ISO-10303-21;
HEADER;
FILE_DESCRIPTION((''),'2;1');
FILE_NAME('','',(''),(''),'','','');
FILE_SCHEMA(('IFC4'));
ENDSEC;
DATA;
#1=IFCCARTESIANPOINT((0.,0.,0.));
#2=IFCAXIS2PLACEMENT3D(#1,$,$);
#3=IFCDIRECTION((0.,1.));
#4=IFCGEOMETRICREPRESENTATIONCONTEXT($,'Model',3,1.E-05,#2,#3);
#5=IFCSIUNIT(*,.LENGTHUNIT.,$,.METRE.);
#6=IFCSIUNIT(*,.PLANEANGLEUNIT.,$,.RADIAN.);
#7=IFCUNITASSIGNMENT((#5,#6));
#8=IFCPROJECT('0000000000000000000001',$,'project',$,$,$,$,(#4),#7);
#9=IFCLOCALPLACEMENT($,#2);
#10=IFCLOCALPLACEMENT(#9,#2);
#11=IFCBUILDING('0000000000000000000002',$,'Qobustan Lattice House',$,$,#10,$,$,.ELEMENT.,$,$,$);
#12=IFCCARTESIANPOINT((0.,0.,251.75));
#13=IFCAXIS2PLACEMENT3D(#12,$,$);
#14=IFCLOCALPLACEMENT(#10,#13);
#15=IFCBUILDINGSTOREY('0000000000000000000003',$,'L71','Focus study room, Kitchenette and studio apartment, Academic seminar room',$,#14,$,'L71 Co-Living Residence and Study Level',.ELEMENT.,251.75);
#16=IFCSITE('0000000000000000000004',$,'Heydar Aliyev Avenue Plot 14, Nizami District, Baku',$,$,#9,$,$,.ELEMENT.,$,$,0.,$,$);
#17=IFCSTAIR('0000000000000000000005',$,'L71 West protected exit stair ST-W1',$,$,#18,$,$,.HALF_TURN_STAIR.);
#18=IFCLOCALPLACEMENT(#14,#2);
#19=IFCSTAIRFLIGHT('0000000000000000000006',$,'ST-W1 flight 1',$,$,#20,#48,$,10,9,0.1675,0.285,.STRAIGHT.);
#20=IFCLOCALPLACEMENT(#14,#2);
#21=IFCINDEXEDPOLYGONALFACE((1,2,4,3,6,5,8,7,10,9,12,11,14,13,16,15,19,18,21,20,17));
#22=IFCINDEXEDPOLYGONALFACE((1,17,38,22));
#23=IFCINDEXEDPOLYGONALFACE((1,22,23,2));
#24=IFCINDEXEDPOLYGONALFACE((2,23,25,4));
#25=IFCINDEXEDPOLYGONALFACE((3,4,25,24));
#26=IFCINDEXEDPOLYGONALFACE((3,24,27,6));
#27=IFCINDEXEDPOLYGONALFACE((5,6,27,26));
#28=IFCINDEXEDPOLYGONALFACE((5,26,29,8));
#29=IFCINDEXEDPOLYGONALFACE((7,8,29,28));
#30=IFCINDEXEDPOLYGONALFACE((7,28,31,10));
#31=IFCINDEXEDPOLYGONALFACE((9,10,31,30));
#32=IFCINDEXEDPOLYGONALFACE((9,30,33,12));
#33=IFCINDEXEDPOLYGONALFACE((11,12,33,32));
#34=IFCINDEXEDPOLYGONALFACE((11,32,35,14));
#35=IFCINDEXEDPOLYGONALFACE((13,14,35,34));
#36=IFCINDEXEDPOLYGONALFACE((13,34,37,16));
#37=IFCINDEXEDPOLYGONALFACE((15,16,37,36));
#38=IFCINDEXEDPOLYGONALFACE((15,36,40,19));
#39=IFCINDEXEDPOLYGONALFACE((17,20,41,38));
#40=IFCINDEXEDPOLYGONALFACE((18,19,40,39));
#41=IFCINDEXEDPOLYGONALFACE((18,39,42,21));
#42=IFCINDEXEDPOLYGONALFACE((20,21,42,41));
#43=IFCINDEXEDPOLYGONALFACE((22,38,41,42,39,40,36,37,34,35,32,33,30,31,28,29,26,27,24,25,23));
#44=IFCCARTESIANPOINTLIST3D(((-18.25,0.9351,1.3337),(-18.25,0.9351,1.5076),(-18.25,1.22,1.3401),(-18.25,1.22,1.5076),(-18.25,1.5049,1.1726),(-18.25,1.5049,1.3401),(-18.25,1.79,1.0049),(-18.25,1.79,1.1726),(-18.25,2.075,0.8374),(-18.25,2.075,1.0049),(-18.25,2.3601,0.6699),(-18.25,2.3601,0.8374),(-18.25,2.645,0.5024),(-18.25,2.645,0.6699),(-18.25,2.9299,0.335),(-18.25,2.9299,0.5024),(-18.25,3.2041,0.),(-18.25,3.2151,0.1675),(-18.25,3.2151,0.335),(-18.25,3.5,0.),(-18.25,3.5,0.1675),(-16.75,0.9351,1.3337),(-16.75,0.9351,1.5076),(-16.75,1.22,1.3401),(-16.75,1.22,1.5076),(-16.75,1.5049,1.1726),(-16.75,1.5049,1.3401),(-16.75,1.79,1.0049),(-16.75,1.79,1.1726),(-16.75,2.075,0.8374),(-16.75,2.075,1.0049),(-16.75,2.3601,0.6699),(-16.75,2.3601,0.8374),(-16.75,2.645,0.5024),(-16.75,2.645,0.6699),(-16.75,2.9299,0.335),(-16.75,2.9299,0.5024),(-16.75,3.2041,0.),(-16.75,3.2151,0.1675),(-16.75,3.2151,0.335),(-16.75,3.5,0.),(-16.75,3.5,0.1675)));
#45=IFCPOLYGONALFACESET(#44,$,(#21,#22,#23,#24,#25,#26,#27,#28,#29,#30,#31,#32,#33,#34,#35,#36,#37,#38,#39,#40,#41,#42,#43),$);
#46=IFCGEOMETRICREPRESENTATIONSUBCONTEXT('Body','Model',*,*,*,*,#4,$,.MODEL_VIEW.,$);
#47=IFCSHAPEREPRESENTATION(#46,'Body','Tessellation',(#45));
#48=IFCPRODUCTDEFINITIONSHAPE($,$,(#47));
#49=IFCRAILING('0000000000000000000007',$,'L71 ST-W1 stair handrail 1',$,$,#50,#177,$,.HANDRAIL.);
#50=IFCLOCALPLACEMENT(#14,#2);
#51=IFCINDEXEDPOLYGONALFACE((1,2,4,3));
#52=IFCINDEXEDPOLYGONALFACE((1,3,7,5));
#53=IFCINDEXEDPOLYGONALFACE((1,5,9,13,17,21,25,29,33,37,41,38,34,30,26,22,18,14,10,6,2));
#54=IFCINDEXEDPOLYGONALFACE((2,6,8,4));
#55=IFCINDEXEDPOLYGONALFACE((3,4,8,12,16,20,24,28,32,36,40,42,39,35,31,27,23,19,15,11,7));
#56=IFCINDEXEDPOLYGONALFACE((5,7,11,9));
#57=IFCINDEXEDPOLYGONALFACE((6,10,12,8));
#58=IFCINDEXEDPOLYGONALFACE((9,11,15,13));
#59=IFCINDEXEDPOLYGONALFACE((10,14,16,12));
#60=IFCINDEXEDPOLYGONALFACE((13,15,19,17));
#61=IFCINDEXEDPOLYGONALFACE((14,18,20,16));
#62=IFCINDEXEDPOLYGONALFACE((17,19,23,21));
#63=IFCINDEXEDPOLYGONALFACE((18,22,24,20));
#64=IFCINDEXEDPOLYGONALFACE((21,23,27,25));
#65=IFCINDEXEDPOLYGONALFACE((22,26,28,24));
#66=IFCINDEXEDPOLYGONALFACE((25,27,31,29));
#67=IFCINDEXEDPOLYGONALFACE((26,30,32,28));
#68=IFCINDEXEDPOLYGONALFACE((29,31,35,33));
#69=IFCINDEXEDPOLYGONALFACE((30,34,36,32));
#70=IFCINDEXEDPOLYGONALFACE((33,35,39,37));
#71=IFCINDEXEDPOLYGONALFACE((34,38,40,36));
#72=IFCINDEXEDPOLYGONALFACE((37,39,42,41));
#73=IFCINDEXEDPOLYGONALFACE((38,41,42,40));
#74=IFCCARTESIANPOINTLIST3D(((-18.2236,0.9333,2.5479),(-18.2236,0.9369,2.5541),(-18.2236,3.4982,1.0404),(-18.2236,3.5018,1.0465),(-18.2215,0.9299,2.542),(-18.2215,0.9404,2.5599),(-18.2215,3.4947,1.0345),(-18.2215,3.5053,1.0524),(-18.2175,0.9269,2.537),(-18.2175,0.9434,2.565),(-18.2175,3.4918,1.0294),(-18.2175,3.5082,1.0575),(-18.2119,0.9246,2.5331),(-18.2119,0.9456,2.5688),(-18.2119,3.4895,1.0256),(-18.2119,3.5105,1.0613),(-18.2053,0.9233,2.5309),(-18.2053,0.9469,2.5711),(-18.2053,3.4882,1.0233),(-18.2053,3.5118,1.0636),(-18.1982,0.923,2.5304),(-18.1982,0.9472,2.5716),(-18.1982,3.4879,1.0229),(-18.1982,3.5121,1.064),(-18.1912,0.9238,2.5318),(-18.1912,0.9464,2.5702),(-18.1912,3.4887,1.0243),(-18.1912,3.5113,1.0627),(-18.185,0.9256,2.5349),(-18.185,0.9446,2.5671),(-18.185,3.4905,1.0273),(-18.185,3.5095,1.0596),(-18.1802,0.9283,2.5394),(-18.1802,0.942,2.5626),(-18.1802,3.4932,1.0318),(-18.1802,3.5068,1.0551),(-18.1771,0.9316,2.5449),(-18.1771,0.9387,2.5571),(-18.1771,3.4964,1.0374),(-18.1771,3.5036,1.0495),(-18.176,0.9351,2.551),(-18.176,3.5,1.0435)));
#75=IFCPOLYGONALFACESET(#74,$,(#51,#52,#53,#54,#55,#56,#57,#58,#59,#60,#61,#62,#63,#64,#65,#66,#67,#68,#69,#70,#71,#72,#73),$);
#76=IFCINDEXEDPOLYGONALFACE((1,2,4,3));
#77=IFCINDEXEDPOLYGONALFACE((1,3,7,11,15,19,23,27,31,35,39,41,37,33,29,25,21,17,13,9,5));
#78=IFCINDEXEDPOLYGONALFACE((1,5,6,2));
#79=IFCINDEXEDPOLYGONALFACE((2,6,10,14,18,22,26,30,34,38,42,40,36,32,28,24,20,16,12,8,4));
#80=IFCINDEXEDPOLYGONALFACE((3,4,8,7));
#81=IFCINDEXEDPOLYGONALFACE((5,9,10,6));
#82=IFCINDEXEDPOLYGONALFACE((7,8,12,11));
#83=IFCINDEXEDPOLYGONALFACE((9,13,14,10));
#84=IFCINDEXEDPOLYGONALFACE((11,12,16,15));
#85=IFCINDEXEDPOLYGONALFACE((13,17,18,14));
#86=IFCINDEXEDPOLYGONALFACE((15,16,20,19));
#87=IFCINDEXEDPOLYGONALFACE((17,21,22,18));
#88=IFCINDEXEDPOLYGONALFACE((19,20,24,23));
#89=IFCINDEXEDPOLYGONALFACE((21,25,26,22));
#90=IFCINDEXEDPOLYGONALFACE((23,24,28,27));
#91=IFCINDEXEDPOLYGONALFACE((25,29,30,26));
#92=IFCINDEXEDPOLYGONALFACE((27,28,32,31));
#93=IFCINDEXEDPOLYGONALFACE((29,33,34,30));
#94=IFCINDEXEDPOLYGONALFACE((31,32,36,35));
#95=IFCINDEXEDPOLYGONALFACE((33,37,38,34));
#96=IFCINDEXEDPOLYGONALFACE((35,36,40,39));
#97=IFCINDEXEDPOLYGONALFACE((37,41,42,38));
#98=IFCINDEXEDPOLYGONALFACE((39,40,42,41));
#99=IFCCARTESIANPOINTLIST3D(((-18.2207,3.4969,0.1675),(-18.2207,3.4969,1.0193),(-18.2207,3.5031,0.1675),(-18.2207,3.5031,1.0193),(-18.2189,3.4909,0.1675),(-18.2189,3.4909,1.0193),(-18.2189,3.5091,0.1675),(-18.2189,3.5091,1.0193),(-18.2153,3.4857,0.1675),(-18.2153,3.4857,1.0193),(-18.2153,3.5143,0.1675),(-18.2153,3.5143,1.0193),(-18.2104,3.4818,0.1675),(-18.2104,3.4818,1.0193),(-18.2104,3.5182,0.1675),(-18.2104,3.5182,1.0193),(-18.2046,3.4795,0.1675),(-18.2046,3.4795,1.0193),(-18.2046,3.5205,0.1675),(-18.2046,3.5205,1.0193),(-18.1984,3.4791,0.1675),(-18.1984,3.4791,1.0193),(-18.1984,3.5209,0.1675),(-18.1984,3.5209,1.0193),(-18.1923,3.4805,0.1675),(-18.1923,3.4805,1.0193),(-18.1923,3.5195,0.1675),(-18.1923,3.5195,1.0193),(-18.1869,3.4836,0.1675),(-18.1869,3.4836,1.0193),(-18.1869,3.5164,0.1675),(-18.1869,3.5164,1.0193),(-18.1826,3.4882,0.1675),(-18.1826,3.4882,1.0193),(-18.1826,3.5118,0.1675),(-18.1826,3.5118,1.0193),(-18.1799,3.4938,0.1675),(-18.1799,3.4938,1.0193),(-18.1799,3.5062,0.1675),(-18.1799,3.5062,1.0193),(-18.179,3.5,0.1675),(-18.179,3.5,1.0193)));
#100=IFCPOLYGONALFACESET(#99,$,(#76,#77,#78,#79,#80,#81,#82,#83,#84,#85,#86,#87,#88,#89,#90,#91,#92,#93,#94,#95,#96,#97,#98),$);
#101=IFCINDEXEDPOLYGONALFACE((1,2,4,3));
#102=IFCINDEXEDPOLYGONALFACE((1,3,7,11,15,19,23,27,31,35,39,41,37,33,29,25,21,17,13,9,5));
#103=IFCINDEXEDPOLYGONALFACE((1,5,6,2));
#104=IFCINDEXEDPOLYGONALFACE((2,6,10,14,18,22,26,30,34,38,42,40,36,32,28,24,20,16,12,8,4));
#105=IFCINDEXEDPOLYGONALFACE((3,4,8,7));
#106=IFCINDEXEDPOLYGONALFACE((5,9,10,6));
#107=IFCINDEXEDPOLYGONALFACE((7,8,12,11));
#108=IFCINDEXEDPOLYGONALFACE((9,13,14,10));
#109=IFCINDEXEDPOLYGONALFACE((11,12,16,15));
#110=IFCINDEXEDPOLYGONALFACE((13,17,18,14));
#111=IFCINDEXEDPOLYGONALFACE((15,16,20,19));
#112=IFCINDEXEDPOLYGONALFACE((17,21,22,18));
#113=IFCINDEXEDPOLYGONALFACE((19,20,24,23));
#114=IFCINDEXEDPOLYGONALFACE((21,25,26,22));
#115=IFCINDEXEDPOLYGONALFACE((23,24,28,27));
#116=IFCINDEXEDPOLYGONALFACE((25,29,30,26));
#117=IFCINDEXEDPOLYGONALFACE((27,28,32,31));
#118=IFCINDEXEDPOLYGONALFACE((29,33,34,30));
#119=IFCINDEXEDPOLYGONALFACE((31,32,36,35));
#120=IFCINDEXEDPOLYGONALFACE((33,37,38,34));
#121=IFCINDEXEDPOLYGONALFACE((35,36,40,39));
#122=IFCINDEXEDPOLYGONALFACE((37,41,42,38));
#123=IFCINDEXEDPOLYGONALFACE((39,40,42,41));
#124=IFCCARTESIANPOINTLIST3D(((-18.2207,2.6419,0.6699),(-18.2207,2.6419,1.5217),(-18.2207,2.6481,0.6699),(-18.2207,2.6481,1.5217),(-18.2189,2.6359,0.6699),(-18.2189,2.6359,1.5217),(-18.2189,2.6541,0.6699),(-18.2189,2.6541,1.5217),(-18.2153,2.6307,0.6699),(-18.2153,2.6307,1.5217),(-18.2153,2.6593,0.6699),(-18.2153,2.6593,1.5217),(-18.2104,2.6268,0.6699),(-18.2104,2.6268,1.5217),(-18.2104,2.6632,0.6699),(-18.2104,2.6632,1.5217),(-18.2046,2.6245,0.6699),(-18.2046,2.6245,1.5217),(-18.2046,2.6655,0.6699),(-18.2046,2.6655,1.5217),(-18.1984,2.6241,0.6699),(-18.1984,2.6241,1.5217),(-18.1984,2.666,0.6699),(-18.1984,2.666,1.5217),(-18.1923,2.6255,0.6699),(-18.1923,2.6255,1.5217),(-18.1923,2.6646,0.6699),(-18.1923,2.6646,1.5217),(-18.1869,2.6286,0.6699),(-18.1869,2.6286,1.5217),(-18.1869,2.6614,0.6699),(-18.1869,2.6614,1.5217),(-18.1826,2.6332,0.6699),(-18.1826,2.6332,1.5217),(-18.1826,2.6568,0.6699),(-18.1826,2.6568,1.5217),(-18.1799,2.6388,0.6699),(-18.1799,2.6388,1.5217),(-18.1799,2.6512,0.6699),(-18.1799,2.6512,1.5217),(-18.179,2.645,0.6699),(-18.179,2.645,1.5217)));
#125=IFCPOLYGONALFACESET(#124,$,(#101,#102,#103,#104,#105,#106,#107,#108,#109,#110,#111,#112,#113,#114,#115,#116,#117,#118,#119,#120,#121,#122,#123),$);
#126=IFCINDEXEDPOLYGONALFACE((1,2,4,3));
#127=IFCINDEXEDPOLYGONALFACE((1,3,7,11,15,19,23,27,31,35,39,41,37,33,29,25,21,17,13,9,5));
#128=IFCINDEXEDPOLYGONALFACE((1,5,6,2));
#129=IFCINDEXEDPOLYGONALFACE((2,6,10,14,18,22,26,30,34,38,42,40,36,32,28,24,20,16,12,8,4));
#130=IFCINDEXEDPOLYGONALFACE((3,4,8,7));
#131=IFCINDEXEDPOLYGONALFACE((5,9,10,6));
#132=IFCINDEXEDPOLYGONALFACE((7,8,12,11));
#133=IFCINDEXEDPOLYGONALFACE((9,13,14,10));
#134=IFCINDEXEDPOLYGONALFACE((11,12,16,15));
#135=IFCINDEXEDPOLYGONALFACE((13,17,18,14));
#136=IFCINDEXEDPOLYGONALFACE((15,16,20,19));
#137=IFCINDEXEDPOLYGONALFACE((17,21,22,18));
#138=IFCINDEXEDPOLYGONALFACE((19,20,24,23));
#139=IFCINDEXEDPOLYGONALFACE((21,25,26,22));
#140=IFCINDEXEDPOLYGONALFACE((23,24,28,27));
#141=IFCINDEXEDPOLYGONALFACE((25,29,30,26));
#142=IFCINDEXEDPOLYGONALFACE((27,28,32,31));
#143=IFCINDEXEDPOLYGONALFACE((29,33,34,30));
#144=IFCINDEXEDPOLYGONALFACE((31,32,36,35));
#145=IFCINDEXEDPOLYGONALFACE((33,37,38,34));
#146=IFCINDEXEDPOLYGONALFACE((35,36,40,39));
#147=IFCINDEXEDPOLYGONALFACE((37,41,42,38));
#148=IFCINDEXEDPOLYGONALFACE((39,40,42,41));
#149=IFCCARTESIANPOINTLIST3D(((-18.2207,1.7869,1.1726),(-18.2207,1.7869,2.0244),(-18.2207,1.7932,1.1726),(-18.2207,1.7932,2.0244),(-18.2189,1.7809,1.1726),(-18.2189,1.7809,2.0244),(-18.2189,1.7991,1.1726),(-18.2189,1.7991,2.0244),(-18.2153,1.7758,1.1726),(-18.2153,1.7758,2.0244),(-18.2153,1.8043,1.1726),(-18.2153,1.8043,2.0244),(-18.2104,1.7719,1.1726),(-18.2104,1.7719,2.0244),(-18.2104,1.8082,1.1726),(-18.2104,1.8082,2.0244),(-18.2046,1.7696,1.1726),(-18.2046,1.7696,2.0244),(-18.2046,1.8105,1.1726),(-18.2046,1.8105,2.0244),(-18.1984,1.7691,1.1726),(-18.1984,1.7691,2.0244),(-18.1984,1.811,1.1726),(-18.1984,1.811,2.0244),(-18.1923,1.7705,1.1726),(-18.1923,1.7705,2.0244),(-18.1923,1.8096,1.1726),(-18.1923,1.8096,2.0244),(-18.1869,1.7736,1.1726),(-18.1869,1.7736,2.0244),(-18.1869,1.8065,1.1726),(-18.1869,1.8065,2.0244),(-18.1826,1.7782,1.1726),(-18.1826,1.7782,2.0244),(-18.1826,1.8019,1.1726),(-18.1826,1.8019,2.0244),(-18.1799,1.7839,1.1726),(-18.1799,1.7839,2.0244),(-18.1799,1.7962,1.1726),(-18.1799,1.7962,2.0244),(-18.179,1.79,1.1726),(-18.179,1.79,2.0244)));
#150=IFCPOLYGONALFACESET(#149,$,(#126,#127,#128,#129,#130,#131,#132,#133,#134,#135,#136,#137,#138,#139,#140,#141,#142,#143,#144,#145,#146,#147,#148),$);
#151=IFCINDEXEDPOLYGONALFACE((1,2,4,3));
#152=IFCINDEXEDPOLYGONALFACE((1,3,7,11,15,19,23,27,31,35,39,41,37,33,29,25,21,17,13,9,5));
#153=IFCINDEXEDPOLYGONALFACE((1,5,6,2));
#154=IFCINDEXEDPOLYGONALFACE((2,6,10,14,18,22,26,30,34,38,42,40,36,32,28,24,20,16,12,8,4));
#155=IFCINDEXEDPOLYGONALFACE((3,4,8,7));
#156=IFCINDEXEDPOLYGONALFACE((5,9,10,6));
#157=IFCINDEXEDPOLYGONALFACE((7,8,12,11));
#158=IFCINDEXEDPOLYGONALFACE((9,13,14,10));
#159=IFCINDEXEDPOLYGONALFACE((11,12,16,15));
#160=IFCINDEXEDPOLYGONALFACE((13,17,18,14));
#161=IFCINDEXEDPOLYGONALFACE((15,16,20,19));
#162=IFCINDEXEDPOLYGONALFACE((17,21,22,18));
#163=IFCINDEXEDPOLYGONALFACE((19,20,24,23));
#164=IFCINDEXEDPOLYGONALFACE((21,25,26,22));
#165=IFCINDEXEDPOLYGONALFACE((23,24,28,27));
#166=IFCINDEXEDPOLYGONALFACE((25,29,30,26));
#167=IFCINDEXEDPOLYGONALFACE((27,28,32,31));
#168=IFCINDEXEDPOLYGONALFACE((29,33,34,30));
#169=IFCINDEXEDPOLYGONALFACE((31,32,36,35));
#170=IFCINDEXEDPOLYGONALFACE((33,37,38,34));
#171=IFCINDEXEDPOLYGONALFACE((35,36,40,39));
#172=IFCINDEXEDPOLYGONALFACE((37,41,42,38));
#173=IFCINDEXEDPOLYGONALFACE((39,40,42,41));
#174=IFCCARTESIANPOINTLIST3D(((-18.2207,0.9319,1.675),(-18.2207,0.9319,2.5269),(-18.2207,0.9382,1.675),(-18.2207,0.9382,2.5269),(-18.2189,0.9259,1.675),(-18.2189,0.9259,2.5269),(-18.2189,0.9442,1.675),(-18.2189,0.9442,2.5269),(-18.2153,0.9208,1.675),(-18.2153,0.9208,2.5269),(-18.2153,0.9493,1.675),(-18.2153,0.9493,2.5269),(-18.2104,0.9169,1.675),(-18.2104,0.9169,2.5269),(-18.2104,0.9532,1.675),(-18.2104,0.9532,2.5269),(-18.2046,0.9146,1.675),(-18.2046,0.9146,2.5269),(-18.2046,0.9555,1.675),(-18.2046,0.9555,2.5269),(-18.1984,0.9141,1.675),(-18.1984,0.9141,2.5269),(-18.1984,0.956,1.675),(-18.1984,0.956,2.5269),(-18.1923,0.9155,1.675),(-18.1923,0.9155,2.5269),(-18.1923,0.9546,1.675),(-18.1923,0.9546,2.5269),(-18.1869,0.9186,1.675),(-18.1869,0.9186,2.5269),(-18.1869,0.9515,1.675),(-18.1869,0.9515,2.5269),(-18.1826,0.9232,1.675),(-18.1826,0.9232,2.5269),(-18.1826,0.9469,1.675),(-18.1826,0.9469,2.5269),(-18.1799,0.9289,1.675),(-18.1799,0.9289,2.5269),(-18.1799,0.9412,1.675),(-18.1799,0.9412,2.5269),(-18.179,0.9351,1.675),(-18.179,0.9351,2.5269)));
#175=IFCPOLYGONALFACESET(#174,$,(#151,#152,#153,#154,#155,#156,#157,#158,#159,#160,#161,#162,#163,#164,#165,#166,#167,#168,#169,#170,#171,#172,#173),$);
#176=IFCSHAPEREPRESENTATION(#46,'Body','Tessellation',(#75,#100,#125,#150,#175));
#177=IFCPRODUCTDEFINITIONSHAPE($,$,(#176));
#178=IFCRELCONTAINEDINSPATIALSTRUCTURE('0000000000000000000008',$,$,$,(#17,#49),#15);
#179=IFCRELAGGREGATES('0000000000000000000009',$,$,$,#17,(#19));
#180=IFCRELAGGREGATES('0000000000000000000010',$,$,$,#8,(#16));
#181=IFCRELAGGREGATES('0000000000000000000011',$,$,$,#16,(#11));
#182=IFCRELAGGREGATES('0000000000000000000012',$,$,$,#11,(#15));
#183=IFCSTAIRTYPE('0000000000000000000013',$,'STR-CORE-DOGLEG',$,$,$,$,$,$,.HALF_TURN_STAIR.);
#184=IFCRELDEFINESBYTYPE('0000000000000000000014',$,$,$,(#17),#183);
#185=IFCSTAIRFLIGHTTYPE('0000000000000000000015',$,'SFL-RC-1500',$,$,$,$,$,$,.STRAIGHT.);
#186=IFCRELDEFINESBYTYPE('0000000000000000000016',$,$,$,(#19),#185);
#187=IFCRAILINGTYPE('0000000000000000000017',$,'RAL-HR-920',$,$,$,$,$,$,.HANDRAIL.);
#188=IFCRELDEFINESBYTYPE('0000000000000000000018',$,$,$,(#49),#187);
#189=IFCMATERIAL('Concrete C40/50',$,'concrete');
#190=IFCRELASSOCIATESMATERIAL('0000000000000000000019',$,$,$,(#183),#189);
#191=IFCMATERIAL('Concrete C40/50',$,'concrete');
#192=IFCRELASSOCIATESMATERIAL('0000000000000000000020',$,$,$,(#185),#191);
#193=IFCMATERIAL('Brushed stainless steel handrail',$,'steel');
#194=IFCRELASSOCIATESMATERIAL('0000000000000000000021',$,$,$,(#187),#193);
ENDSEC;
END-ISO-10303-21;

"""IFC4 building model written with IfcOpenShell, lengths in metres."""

from ifc_helpers import new_model, si_unit, direction, frame, origin, origin_2d, place, context, subcontext, project, spatial, polyline, circle, outline, extrude, material, type_object, element, aggregate, save


model = new_model("IFC4")

# Units and contexts
model_context = context("Model", 3, precision=1e-05, world=origin(), true_north=direction((0.0, 1.0)))
body_context = subcontext(model_context, "Body", "Model", "MODEL_VIEW")
ifc_project = project(units=[si_unit("LENGTHUNIT", "METRE"), si_unit("PLANEANGLEUNIT", "RADIAN")], contexts=[model_context])

# Site, building, storey
site_placement = place(None, origin())
site = spatial("IfcSite", under=ifc_project, at=site_placement, Name="Heydar Aliyev Avenue Plot 14, Nizami District, Baku", CompositionType="ELEMENT", RefElevation=0.0)
building_placement = place(site_placement, origin())
building = spatial("IfcBuilding", under=site, at=building_placement, Name="Qobustan Lattice House", CompositionType="ELEMENT")
storey_placement = place(building_placement, frame((0.0, 0.0, 251.75)))
storey = spatial("IfcBuildingStorey", under=building, at=storey_placement, Name="L71", Description="Focus study room, Kitchenette and studio apartment, Academic seminar room", LongName="L71 Co-Living Residence and Study Level", CompositionType="ELEMENT", Elevation=251.75)

# Stair, stair flight
ifc_material_1 = material(Name="Concrete C40/50", Category="concrete")
stair_type = type_object("IfcStairType", Name="STR-CORE-DOGLEG", PredefinedType="HALF_TURN_STAIR", material=ifc_material_1)
stair_placement = place(storey_placement, origin())
stair = element("IfcStair", 1, at=stair_placement, inside=storey, type_object=stair_type, Name="L71 West protected exit stair ST-W1", PredefinedType="HALF_TURN_STAIR")
ifc_material_2 = material(Name="Concrete C40/50", Category="concrete")
stair_flight_type = type_object("IfcStairFlightType", Name="SFL-RC-1500", PredefinedType="STRAIGHT", material=ifc_material_2)
stair_flight_placement = place(storey_placement, frame((-17.5, 3.5, 0.0), z_axis=(0.0, 0.0, 1.0), x_axis=(0.0, -1.0, 0.0)))
stair_flight = element("IfcStairFlight", 2, at=stair_flight_placement, type_object=stair_flight_type, Name="ST-W1 flight 1", NumberOfRisers=10, NumberOfTreads=9, PredefinedType="STRAIGHT", RiserHeight=0.1675, TreadLength=0.285, context=body_context, shape_type="SweptSolid", body=[
    extrude(outline(polyline([(0.0, 0.0), (0.0, 0.1675), (0.2849, 0.1675), (0.2849, 0.335), (0.5701, 0.335), (0.5701, 0.5024), (0.855, 0.5024), (0.855, 0.6699), (1.1399, 0.6699), (1.1399, 0.8374), (1.425, 0.8374), (1.425, 1.0049), (1.71, 1.0049), (1.71, 1.1726), (1.9951, 1.1726), (1.9951, 1.3401), (2.28, 1.3401), (2.28, 1.5076), (2.5649, 1.5076), (2.5649, 1.675), (2.5649, 1.3337), (0.2959, 0.0), (0.0, 0.0)])), frame((0.0, 0.75, 0.0), z_axis=(0.0, -1.0, 0.0), x_axis=(1.0, 0.0, 0.0)), (0.0, 0.0, 1.0), 1.5),
])
aggregate(stair, [stair_flight])

# Railing
ifc_material_3 = material(Name="Brushed stainless steel handrail", Category="steel")
railing_type = type_object("IfcRailingType", Name="RAL-HR-920", PredefinedType="HANDRAIL", material=ifc_material_3)
railing_placement = place(storey_placement, frame((-18.2, 3.5, 0.1675)))
element("IfcRailing", 3, at=railing_placement, inside=storey, type_object=railing_type, Name="L71 ST-W1 stair handrail 1", PredefinedType="HANDRAIL", context=body_context, shape_type="SweptSolid", body=[
    extrude(circle(Radius=0.0239, at=origin_2d()), frame((0.0, 0.0, 0.876), z_axis=(0.0, -0.862113, 0.506715), x_axis=(1.0, 0.0, 0.0)), (0.0, 0.0, 1.0), 2.9751),
    extrude(circle(Radius=0.021, at=origin_2d()), origin(), (0.0, 0.0, 1.0), 0.8518),
    extrude(circle(Radius=0.021, at=origin_2d()), frame((0.0, -0.855, 0.5024)), (0.0, 0.0, 1.0), 0.8518),
    extrude(circle(Radius=0.021, at=origin_2d()), frame((0.0, -1.71, 1.0051)), (0.0, 0.0, 1.0), 0.8518),
    extrude(circle(Radius=0.021, at=origin_2d()), frame((0.0, -2.5649, 1.5076)), (0.0, 0.0, 1.0), 0.8518),
])

save(model, "model.ifc")
